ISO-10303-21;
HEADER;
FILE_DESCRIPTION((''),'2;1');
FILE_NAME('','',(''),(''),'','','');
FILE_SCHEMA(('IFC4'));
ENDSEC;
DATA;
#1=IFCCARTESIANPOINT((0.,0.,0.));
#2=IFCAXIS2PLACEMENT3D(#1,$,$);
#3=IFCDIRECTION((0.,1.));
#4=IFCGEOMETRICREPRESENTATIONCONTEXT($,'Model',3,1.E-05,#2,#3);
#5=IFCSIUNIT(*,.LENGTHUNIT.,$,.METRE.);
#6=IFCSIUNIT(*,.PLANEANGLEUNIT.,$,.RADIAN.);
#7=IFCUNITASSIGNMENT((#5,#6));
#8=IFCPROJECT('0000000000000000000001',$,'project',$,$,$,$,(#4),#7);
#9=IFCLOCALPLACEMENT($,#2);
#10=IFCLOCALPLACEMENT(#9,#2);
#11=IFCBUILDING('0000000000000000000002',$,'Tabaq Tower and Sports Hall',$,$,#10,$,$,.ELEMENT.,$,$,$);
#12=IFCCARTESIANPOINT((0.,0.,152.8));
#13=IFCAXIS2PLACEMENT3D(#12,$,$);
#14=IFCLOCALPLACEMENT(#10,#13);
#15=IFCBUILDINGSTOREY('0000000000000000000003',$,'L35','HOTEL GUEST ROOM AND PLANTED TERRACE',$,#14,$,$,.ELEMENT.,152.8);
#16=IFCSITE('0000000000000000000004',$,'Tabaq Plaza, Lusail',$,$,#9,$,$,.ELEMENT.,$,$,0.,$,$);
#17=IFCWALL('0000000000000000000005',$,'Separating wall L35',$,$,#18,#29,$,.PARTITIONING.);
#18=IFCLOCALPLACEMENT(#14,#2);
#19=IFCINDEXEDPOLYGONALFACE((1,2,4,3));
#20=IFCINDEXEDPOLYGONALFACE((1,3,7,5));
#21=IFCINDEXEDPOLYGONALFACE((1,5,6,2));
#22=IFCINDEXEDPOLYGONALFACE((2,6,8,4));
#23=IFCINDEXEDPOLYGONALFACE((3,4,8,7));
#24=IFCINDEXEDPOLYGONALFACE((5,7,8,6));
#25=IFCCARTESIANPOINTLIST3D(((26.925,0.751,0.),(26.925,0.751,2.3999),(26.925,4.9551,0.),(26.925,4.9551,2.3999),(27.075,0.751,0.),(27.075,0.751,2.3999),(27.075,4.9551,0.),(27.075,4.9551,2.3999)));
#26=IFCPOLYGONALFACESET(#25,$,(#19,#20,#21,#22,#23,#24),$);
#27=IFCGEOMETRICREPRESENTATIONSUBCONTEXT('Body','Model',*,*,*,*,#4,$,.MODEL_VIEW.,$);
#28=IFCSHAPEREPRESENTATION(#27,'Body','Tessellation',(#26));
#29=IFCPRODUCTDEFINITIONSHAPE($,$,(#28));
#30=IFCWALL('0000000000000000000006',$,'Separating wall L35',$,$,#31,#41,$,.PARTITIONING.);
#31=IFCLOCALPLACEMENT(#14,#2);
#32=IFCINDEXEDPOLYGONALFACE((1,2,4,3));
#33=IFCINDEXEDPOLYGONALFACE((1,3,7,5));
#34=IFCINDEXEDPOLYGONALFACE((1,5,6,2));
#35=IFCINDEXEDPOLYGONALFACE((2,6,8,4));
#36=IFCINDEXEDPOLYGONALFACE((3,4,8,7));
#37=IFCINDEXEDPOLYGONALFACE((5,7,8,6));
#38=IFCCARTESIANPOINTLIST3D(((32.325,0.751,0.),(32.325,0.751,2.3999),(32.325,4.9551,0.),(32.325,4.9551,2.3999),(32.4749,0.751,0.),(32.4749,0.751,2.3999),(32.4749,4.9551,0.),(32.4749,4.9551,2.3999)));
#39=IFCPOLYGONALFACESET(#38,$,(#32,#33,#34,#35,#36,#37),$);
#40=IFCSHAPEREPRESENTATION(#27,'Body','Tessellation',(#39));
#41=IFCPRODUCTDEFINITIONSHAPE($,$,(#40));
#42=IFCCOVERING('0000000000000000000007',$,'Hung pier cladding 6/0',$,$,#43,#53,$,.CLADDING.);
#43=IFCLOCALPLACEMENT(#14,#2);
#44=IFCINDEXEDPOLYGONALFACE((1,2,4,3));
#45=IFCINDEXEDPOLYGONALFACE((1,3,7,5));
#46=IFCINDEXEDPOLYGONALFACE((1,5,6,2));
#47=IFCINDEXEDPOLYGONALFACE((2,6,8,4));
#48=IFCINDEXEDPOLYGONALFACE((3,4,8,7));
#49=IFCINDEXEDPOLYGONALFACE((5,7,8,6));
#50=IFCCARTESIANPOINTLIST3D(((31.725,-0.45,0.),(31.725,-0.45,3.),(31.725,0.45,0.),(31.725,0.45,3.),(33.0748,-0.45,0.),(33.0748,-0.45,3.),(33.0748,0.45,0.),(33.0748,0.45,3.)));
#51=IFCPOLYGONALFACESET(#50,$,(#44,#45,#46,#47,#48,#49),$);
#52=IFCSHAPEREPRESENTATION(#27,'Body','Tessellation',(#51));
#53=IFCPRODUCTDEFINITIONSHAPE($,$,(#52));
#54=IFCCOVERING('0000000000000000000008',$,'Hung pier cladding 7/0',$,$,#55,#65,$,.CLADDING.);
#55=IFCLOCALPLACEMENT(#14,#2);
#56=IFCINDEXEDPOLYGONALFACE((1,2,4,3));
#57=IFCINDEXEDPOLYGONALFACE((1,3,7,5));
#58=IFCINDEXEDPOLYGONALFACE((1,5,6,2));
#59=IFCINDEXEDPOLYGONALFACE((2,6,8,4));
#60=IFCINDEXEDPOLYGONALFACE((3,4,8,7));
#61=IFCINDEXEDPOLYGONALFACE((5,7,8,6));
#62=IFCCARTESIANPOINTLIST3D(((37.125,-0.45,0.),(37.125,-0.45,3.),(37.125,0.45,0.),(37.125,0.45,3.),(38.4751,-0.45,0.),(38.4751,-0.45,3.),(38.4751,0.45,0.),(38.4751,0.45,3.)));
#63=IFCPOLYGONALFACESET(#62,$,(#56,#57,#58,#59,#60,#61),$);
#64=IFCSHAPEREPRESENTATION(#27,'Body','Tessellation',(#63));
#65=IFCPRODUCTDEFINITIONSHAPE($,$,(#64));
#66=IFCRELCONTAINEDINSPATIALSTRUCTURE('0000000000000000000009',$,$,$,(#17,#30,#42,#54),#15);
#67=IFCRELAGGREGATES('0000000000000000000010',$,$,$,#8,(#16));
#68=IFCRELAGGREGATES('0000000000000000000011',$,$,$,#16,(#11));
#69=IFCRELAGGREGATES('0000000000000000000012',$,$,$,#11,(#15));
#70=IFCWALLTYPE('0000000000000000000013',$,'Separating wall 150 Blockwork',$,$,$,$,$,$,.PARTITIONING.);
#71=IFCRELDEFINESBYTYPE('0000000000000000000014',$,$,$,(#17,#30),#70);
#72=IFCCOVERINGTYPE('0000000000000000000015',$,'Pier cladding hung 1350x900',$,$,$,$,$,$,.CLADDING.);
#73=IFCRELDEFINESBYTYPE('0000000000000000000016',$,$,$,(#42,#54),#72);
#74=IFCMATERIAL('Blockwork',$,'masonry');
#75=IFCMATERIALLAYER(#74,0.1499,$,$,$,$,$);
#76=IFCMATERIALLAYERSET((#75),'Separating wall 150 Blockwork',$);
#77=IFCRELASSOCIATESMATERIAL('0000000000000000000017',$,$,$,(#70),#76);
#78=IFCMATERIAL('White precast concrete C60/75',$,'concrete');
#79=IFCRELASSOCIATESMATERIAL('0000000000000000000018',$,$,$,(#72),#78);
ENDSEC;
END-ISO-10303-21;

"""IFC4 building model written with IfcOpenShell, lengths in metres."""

from ifc_helpers import new_model, si_unit, direction, frame, frame_2d, origin, place, context, subcontext, project, spatial, rectangle, extrude, material, layer, layer_set, type_object, element, save


model = new_model("IFC4")

# Units and contexts
model_context = context("Model", 3, precision=1e-05, world=origin(), true_north=direction((0.0, 1.0)))
body_context = subcontext(model_context, "Body", "Model", "MODEL_VIEW")
ifc_project = project(units=[si_unit("LENGTHUNIT", "METRE"), si_unit("PLANEANGLEUNIT", "RADIAN")], contexts=[model_context])

# Site, building, storey
site_placement = place(None, origin())
site = spatial("IfcSite", under=ifc_project, at=site_placement, Name="Tabaq Plaza, Lusail", CompositionType="ELEMENT", RefElevation=0.0)
building_placement = place(site_placement, origin())
building = spatial("IfcBuilding", under=site, at=building_placement, Name="Tabaq Tower and Sports Hall", CompositionType="ELEMENT")
storey_placement = place(building_placement, frame((0.0, 0.0, 152.8)))
storey = spatial("IfcBuildingStorey", under=building, at=storey_placement, Name="L35", Description="HOTEL GUEST ROOM AND PLANTED TERRACE", CompositionType="ELEMENT", Elevation=152.8)

# Walls
ifc_material_1 = material(Name="Blockwork", Category="masonry")
ifc_layer_1 = layer(ifc_material_1, 0.1499)
ifc_layer_set_1 = layer_set([ifc_layer_1], Name="Separating wall 150 Blockwork")
wall_type_1 = type_object("IfcWallType", Name="Separating wall 150 Blockwork", PredefinedType="PARTITIONING", material=ifc_layer_set_1)
for number, where, z_axis, x_axis, name in (
    (1, (27.0, 0.751, 0.0), (0.0, 0.0, 1.0), (0.0, 1.0, 0.0), "Separating wall L35"),
    (2, (32.3999, 0.751, 0.0), (0.0, 0.0, 1.0), (0.0, 1.0, 0.0), "Separating wall L35"),
):
    element("IfcWall", number, at=place(storey_placement, frame(where, z_axis=z_axis, x_axis=x_axis)), inside=storey, type_object=wall_type_1, Name=name, PredefinedType="PARTITIONING", context=body_context, shape_type="SweptSolid", body=[
        extrude(rectangle(XDim=4.2041, YDim=0.1499, at=frame_2d((2.1021, 0.0))), origin(), (0.0, 0.0, 1.0), 2.3999),
    ])

# Coverings
ifc_material_2 = material(Name="White precast concrete C60/75", Category="concrete")
covering_type_1 = type_object("IfcCoveringType", Name="Pier cladding hung 1350x900", PredefinedType="CLADDING", material=ifc_material_2)
covering_1_placement = place(storey_placement, frame((31.7251, 0.0, 0.0), z_axis=(0.0, 0.0, 1.0), x_axis=(1.0, 0.0, 0.0)))
element("IfcCovering", 3, at=covering_1_placement, inside=storey, type_object=covering_type_1, Name="Hung pier cladding 6/0", PredefinedType="CLADDING", context=body_context, shape_type="SweptSolid", body=[
    extrude(rectangle(XDim=1.3499, YDim=0.8999, at=frame_2d((0.6748, 0.0))), origin(), (0.0, 0.0, 1.0), 3.0),
])
covering_2_placement = place(storey_placement, frame((37.125, 0.0, 0.0), z_axis=(0.0, 0.0, 1.0), x_axis=(1.0, 0.0, 0.0)))
element("IfcCovering", 4, at=covering_2_placement, inside=storey, type_object=covering_type_1, Name="Hung pier cladding 7/0", PredefinedType="CLADDING", context=body_context, shape_type="SweptSolid", body=[
    extrude(rectangle(XDim=1.3501, YDim=0.8999, at=frame_2d((0.675, 0.0))), origin(), (0.0, 0.0, 1.0), 3.0),
])

save(model, "model.ifc")
